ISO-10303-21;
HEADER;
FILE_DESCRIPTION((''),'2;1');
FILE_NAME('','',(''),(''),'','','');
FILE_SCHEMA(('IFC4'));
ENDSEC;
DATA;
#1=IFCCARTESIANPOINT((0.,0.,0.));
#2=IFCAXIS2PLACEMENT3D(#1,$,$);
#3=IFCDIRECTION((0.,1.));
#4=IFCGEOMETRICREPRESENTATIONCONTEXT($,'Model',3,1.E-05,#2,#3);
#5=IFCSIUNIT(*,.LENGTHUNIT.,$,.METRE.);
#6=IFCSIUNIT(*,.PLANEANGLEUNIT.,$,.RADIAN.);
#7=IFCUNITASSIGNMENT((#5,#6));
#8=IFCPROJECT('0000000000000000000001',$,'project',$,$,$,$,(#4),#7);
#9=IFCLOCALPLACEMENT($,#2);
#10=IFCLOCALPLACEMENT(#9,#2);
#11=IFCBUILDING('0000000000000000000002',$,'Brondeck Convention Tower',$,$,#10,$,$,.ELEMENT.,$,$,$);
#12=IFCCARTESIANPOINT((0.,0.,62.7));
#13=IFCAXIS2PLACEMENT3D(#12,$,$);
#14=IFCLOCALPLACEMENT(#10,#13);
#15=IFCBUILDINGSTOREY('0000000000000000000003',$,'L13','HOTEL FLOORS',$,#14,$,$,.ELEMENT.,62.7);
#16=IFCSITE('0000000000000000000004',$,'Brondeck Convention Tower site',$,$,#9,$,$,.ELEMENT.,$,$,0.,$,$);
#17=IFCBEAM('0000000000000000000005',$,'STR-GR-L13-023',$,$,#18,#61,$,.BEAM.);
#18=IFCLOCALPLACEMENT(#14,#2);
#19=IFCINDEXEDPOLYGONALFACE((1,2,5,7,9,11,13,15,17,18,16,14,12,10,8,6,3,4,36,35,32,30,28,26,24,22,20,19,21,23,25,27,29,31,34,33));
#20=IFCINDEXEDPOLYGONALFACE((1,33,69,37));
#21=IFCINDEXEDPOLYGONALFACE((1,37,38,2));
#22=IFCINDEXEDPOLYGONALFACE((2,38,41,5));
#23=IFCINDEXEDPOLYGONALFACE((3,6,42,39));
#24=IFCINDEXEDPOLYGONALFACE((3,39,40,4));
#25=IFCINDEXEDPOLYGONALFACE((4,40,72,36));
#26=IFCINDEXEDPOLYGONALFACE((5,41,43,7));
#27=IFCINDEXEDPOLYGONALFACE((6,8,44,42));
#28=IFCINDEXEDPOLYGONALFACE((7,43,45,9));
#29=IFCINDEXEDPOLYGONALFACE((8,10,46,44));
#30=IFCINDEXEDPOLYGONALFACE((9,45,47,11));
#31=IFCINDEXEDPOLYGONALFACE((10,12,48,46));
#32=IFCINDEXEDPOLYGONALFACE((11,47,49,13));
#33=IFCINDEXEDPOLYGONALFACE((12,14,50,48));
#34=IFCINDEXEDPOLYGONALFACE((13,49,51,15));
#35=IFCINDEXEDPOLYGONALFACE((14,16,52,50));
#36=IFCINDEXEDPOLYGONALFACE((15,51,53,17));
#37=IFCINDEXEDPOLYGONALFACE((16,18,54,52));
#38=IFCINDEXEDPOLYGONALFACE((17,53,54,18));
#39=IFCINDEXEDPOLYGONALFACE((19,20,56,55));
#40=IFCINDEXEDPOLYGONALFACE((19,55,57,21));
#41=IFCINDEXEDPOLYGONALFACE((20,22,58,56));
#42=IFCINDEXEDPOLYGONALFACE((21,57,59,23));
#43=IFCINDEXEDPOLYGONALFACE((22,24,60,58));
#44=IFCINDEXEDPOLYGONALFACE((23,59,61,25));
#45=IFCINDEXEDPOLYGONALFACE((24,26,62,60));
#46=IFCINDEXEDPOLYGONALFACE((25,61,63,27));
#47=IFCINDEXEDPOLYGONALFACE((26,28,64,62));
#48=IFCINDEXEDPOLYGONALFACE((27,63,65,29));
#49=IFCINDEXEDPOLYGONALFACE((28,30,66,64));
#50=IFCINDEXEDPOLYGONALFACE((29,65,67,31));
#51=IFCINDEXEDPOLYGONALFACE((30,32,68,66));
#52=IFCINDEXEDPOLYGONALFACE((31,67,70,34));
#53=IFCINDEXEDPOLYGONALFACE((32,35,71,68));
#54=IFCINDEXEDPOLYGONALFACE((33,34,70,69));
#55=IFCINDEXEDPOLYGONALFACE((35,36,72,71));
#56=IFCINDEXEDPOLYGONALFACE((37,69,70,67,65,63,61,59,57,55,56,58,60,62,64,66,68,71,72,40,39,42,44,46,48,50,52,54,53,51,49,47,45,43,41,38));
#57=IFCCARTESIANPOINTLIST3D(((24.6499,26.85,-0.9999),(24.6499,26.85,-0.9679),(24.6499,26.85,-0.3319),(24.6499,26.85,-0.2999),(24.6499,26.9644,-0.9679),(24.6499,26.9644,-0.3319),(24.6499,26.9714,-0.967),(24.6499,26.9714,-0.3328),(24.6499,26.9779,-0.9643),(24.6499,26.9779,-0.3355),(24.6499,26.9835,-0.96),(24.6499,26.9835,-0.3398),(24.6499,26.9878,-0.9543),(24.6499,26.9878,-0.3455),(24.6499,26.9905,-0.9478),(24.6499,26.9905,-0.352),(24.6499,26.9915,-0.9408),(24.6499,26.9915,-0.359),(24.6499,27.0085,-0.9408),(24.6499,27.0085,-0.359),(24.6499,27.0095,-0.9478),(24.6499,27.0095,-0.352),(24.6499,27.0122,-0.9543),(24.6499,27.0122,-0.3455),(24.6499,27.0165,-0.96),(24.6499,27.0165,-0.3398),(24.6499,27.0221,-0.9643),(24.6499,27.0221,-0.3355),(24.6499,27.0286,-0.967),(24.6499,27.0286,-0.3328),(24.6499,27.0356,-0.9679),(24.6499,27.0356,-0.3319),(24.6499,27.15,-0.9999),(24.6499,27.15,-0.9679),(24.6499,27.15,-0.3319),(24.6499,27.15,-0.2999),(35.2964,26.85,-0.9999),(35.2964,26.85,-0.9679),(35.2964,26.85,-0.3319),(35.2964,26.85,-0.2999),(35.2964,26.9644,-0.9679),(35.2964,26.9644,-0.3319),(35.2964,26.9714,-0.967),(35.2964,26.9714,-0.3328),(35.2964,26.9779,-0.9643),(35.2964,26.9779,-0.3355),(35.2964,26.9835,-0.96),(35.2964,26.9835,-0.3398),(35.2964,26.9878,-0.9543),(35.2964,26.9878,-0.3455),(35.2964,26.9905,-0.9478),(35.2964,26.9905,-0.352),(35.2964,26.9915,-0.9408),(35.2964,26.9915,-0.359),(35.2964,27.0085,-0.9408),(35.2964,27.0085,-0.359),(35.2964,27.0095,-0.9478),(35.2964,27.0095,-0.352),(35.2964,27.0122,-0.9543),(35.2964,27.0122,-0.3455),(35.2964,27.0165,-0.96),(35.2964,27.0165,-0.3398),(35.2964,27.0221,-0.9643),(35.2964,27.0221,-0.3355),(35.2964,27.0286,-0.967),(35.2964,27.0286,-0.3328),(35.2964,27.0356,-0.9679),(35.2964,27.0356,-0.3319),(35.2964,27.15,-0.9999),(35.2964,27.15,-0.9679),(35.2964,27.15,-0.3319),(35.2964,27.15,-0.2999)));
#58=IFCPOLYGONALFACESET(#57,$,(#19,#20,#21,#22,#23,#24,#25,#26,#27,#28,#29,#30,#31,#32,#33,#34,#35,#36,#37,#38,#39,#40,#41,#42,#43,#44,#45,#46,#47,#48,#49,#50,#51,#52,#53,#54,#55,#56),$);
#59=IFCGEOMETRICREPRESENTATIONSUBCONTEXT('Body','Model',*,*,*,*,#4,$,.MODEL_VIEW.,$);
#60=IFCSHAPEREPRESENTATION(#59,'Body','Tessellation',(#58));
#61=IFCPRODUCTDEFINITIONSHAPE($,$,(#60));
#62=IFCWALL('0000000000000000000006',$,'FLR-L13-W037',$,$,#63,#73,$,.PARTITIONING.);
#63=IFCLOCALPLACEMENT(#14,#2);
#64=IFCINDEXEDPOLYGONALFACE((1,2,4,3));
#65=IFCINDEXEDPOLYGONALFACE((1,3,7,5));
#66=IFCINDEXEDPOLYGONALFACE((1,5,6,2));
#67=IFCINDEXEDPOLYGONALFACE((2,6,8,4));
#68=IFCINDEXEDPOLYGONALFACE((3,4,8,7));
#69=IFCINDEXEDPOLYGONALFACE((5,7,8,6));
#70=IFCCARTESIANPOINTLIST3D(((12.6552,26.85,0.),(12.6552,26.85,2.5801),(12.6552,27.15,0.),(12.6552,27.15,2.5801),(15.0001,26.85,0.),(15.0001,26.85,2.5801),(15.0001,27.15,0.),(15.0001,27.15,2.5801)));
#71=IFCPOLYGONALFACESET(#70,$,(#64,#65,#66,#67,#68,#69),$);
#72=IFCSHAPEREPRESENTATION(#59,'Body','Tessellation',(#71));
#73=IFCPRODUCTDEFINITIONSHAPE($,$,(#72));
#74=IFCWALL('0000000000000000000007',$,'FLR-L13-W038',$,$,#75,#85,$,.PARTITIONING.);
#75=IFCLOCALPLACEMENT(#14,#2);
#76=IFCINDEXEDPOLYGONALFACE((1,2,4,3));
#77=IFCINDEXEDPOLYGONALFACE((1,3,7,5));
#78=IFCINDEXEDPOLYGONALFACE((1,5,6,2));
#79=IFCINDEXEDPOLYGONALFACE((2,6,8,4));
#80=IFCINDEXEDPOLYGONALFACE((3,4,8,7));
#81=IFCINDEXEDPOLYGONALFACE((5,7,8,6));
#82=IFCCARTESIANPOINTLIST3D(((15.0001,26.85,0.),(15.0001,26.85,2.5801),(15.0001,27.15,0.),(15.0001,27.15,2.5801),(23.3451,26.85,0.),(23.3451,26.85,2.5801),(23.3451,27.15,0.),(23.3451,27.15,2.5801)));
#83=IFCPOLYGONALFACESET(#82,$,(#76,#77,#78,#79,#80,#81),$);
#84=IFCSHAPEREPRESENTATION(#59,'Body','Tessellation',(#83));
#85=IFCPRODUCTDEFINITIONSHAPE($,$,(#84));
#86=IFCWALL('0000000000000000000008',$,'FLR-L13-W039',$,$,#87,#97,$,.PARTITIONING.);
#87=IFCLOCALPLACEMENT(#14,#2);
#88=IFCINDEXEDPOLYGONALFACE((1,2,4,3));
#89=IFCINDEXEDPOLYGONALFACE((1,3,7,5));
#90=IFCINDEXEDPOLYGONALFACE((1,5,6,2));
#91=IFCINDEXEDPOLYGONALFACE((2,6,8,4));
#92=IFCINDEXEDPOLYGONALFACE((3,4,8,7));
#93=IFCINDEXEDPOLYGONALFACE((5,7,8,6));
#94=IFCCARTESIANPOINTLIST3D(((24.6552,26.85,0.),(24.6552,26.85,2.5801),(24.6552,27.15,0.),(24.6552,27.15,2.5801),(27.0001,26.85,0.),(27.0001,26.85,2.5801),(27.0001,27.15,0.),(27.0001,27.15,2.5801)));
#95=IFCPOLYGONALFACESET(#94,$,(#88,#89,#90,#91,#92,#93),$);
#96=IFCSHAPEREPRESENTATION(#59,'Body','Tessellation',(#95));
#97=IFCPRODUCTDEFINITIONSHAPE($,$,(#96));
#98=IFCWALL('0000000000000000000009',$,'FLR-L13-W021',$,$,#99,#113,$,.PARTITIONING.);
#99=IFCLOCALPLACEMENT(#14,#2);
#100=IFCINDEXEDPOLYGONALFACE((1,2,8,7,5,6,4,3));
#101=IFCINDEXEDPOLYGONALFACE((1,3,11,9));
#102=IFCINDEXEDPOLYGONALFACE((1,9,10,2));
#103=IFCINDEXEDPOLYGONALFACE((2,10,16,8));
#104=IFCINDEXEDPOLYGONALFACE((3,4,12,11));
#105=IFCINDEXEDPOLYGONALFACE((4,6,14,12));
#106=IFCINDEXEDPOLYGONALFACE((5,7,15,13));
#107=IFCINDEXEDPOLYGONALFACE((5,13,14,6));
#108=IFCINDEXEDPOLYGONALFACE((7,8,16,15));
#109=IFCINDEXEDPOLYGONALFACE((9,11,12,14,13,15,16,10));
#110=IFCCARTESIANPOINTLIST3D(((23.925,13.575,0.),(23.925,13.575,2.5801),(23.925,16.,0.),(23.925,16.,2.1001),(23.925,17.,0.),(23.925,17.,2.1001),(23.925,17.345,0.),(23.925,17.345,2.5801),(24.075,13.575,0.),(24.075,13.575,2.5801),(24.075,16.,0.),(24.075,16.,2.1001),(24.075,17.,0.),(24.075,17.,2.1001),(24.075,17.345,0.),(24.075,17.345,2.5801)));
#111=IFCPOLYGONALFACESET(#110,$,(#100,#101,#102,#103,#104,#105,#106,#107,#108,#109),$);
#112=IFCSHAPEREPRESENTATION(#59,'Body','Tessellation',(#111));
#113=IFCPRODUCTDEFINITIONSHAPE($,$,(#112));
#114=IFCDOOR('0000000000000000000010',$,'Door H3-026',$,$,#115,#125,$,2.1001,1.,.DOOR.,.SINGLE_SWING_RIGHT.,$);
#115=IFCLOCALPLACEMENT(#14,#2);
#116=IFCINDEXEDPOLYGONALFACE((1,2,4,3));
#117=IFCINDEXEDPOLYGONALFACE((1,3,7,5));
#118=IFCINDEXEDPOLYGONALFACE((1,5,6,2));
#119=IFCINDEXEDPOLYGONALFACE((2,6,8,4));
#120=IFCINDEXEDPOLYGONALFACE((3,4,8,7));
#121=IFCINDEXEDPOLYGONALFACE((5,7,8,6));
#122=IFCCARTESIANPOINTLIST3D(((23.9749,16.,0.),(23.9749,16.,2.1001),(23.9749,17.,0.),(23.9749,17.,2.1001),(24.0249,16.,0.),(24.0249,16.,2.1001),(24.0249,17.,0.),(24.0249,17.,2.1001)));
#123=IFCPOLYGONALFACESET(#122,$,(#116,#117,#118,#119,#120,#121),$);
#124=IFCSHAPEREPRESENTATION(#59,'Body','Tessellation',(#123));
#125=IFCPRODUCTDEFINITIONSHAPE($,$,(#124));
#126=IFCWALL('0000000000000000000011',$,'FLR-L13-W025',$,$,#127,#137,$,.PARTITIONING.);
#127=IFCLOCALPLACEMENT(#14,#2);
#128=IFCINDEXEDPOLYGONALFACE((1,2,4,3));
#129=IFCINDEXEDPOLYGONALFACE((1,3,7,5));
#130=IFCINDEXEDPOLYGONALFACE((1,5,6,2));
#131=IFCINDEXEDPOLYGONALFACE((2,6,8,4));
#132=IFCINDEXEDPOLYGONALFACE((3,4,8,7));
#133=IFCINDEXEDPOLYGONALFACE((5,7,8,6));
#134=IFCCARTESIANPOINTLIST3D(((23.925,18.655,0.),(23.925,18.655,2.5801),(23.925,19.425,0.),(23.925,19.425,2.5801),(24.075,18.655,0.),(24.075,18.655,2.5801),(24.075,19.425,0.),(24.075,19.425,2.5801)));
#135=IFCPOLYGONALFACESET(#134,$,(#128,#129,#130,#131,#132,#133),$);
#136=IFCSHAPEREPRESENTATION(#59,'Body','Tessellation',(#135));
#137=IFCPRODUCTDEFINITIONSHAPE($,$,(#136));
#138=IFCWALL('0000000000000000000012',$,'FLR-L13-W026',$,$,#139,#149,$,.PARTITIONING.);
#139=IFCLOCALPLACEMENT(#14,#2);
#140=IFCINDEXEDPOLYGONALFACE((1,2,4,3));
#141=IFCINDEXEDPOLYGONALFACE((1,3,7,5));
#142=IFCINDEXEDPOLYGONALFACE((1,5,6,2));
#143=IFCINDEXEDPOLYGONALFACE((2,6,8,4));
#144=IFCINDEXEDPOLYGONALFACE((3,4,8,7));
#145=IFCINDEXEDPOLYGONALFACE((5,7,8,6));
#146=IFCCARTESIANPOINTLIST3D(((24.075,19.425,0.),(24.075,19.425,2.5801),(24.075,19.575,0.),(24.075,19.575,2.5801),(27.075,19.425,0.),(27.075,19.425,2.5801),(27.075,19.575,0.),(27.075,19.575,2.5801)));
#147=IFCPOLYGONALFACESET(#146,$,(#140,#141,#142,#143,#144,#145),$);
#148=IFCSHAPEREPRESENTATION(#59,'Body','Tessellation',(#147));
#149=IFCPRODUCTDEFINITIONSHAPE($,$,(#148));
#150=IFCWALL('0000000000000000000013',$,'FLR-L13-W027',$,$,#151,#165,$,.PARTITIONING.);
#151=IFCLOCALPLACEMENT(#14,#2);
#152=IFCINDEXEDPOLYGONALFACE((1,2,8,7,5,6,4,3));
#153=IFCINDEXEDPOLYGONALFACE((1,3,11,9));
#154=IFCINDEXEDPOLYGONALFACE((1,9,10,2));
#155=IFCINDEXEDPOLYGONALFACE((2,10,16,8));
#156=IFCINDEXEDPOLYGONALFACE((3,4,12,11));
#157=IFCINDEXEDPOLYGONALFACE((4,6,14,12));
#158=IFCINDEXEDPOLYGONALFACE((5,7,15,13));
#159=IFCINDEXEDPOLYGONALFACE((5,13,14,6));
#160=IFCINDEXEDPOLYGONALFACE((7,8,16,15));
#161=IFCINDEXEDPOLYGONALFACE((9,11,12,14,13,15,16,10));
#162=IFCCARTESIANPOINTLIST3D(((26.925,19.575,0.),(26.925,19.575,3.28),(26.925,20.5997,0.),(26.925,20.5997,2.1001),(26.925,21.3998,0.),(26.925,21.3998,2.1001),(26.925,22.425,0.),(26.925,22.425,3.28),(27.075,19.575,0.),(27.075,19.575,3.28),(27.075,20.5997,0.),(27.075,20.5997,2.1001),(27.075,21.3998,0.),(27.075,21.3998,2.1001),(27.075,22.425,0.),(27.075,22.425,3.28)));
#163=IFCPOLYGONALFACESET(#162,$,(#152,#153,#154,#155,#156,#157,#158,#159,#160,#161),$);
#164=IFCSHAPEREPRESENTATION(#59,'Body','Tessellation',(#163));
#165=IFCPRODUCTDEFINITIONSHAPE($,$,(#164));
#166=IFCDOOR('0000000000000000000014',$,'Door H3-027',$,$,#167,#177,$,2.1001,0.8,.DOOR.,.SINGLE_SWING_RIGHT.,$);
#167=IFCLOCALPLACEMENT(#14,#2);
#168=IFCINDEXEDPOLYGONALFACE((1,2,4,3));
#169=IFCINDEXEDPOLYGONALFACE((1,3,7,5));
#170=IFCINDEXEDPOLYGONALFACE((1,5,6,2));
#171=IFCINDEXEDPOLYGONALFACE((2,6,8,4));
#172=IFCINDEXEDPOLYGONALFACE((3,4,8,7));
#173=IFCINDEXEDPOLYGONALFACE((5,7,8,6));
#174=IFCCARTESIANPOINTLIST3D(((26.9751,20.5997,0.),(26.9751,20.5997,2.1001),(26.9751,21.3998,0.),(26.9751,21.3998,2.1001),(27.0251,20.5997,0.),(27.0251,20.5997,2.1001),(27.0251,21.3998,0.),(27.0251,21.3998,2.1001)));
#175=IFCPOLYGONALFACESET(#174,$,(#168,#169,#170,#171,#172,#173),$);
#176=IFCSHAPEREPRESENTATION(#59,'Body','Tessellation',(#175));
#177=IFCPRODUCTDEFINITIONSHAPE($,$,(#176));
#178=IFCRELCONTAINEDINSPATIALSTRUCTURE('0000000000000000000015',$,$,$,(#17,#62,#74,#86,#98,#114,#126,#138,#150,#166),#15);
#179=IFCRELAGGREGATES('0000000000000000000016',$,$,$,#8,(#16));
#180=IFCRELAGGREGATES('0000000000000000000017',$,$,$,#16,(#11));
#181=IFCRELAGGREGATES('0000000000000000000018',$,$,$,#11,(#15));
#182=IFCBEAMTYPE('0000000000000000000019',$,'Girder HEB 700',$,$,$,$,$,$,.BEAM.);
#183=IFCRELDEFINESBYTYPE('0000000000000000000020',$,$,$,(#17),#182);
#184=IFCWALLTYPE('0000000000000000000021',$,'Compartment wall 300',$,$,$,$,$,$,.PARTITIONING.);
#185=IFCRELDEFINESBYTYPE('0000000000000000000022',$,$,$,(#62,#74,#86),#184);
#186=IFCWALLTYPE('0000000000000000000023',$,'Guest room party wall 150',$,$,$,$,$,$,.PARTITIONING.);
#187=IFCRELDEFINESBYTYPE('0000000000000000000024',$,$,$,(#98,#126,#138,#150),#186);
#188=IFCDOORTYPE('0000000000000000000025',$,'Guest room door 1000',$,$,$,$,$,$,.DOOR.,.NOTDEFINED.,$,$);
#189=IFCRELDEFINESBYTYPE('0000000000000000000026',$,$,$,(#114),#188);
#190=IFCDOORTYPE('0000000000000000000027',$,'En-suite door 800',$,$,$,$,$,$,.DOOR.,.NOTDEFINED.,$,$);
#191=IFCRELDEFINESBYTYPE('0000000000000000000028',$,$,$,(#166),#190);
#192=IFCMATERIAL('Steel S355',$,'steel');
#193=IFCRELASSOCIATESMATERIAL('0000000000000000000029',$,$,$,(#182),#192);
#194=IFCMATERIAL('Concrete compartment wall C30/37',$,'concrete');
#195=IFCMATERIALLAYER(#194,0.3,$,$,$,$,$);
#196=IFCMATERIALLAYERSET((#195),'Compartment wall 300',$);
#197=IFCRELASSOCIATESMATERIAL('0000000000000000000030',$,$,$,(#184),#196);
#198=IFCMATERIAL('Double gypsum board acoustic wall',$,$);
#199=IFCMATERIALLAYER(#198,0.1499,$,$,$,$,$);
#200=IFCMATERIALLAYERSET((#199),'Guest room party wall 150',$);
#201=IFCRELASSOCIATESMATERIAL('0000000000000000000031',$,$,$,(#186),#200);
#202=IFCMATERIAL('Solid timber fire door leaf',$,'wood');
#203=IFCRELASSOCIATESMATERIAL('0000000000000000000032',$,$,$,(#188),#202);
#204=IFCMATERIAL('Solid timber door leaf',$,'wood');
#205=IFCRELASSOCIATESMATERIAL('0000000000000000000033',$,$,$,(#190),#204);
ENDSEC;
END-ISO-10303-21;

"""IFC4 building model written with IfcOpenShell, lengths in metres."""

from ifc_helpers import new_model, si_unit, direction, frame, frame_2d, origin, origin_2d, place, context, subcontext, project, spatial, rectangle, i_section, extrude, material, layer, layer_set, material_profile, profile_set, type_object, element, fill, save


model = new_model("IFC4")

# Units and contexts
model_context = context("Model", 3, precision=1e-05, world=origin(), true_north=direction((0.0, 1.0)))
body_context = subcontext(model_context, "Body", "Model", "MODEL_VIEW")
ifc_project = project(units=[si_unit("LENGTHUNIT", "METRE"), si_unit("PLANEANGLEUNIT", "RADIAN")], contexts=[model_context])

# Site, building, storey
site_placement = place(None, origin())
site = spatial("IfcSite", under=ifc_project, at=site_placement, Name="Brondeck Convention Tower site", CompositionType="ELEMENT", RefElevation=0.0)
building_placement = place(site_placement, origin())
building = spatial("IfcBuilding", under=site, at=building_placement, Name="Brondeck Convention Tower", CompositionType="ELEMENT")
storey_placement = place(building_placement, frame((0.0, 0.0, 62.7)))
storey = spatial("IfcBuildingStorey", under=building, at=storey_placement, Name="L13", Description="HOTEL FLOORS", CompositionType="ELEMENT", Elevation=62.7)

# Beam
ifc_material_1 = material(Name="Steel S355", Category="steel")
ifc_material_profile_1 = material_profile(ifc_material_1, i_section(OverallWidth=0.3, OverallDepth=0.7, WebThickness=0.0171, FlangeThickness=0.032, FilletRadius=0.0271, at=origin_2d()), Name="HEB 700")
ifc_profile_set_1 = profile_set([ifc_material_profile_1], Name="Steel S355")
beam_type_1 = type_object("IfcBeamType", Name="Girder HEB 700", PredefinedType="BEAM", material=ifc_profile_set_1)
beam_1_placement = place(storey_placement, frame((24.6499, 27.0, -0.6499), z_axis=(1.0, 0.0, 0.0), x_axis=(0.0, 1.0, 0.0)))
element("IfcBeam", 1, at=beam_1_placement, inside=storey, type_object=beam_type_1, Name="STR-GR-L13-023", PredefinedType="BEAM", context=body_context, shape_type="SweptSolid", body=[
    extrude(i_section(OverallWidth=0.3, OverallDepth=0.7, WebThickness=0.0171, FlangeThickness=0.032, FilletRadius=0.0271, at=origin_2d()), origin(), (0.0, 0.0, 1.0), 10.6465),
])

# Walls
ifc_material_2 = material(Name="Concrete compartment wall C30/37", Category="concrete")
ifc_layer_1 = layer(ifc_material_2, 0.3)
ifc_layer_set_1 = layer_set([ifc_layer_1], Name="Compartment wall 300")
wall_type_1 = type_object("IfcWallType", Name="Compartment wall 300", PredefinedType="PARTITIONING", material=ifc_layer_set_1)
wall_1_placement = place(storey_placement, frame((15.0, 27.0, 0.0), z_axis=(0.0, 0.0, 1.0), x_axis=(-1.0, 0.0, 0.0)))
element("IfcWall", 2, at=wall_1_placement, inside=storey, type_object=wall_type_1, Name="FLR-L13-W037", PredefinedType="PARTITIONING", context=body_context, shape_type="SweptSolid", body=[
    extrude(rectangle(XDim=2.345, YDim=0.3, at=frame_2d((1.1724, 0.0))), origin(), (0.0, 0.0, 1.0), 2.5801),
])
wall_2_placement = place(storey_placement, frame((23.345, 27.0, 0.0), z_axis=(0.0, 0.0, 1.0), x_axis=(-1.0, 0.0, 0.0)))
element("IfcWall", 3, at=wall_2_placement, inside=storey, type_object=wall_type_1, Name="FLR-L13-W038", PredefinedType="PARTITIONING", context=body_context, shape_type="SweptSolid", body=[
    extrude(rectangle(XDim=8.345, YDim=0.3, at=frame_2d((4.1724, 0.0))), origin(), (0.0, 0.0, 1.0), 2.5801),
])
wall_3_placement = place(storey_placement, frame((27.0, 27.0, 0.0), z_axis=(0.0, 0.0, 1.0), x_axis=(-1.0, 0.0, 0.0)))
element("IfcWall", 4, at=wall_3_placement, inside=storey, type_object=wall_type_1, Name="FLR-L13-W039", PredefinedType="PARTITIONING", context=body_context, shape_type="SweptSolid", body=[
    extrude(rectangle(XDim=2.345, YDim=0.3, at=frame_2d((1.1724, 0.0))), origin(), (0.0, 0.0, 1.0), 2.5801),
])

# Wall, opening, door
ifc_material_3 = material(Name="Double gypsum board acoustic wall")
ifc_layer_2 = layer(ifc_material_3, 0.1499)
ifc_layer_set_2 = layer_set([ifc_layer_2], Name="Guest room party wall 150")
wall_type_2 = type_object("IfcWallType", Name="Guest room party wall 150", PredefinedType="PARTITIONING", material=ifc_layer_set_2)
wall_4_placement = place(storey_placement, frame((24.0, 17.345, 0.0), z_axis=(0.0, 0.0, 1.0), x_axis=(0.0, -1.0, 0.0)))
wall_4 = element("IfcWall", 5, at=wall_4_placement, inside=storey, type_object=wall_type_2, Name="FLR-L13-W021", PredefinedType="PARTITIONING", context=body_context, shape_type="SweptSolid", body=[
    extrude(rectangle(XDim=3.77, YDim=0.1499, at=frame_2d((1.885, 0.0))), origin(), (0.0, 0.0, 1.0), 2.5801),
])
opening_1_placement = place(wall_4_placement, frame((0.345, 0.0, 0.0)))
opening_1 = element("IfcOpeningElement", 6, at=opening_1_placement, cuts=wall_4, PredefinedType="OPENING", context=body_context, shape_type="SweptSolid", body=[
    extrude(rectangle(XDim=1.0, YDim=2.1001, at=frame_2d((0.5, 1.05))), frame((0.0, 0.085, 0.0), z_axis=(0.0, -1.0, 0.0), x_axis=(1.0, 0.0, 0.0)), (0.0, 0.0, 1.0), 0.1699),
])
ifc_material_4 = material(Name="Solid timber fire door leaf", Category="wood")
door_type_1 = type_object("IfcDoorType", Name="Guest room door 1000", OperationType="NOTDEFINED", PredefinedType="DOOR", material=ifc_material_4)
door_1_placement = place(opening_1_placement, origin())
door_1 = element("IfcDoor", 7, at=door_1_placement, inside=storey, type_object=door_type_1, Name="Door H3-026", OperationType="SINGLE_SWING_RIGHT", OverallHeight=2.1001, OverallWidth=1.0, PredefinedType="DOOR", context=body_context, shape_type="SweptSolid", body=[
    extrude(rectangle(XDim=1.0, YDim=2.1001, at=frame_2d((0.5, 1.05))), frame((0.0, 0.0249, 0.0), z_axis=(0.0, -1.0, 0.0), x_axis=(1.0, 0.0, 0.0)), (0.0, 0.0, 1.0), 0.05),
])
fill(opening_1, door_1)

# Walls
wall_5_placement = place(storey_placement, frame((24.0, 19.425, 0.0), z_axis=(0.0, 0.0, 1.0), x_axis=(0.0, -1.0, 0.0)))
element("IfcWall", 8, at=wall_5_placement, inside=storey, type_object=wall_type_2, Name="FLR-L13-W025", PredefinedType="PARTITIONING", context=body_context, shape_type="SweptSolid", body=[
    extrude(rectangle(XDim=0.77, YDim=0.1499, at=frame_2d((0.385, 0.0))), origin(), (0.0, 0.0, 1.0), 2.5801),
])
wall_6_placement = place(storey_placement, frame((24.075, 19.5, 0.0), z_axis=(0.0, 0.0, 1.0), x_axis=(1.0, 0.0, 0.0)))
element("IfcWall", 9, at=wall_6_placement, inside=storey, type_object=wall_type_2, Name="FLR-L13-W026", PredefinedType="PARTITIONING", context=body_context, shape_type="SweptSolid", body=[
    extrude(rectangle(XDim=3.0, YDim=0.1499, at=frame_2d((1.5, 0.0))), origin(), (0.0, 0.0, 1.0), 2.5801),
])

# Wall, opening, door
wall_7_placement = place(storey_placement, frame((27.0, 19.575, 0.0), z_axis=(0.0, 0.0, 1.0), x_axis=(0.0, 1.0, 0.0)))
wall_7 = element("IfcWall", 10, at=wall_7_placement, inside=storey, type_object=wall_type_2, Name="FLR-L13-W027", PredefinedType="PARTITIONING", context=body_context, shape_type="SweptSolid", body=[
    extrude(rectangle(XDim=2.8501, YDim=0.1499, at=frame_2d((1.425, 0.0))), origin(), (0.0, 0.0, 1.0), 3.28),
])
opening_2_placement = place(wall_7_placement, frame((1.0249, 0.0, 0.0)))
opening_2 = element("IfcOpeningElement", 11, at=opening_2_placement, cuts=wall_7, PredefinedType="OPENING", context=body_context, shape_type="SweptSolid", body=[
    extrude(rectangle(XDim=0.8, YDim=2.1001, at=frame_2d((0.3999, 1.05))), frame((0.0, 0.085, 0.0), z_axis=(0.0, -1.0, 0.0), x_axis=(1.0, 0.0, 0.0)), (0.0, 0.0, 1.0), 0.1699),
])
ifc_material_5 = material(Name="Solid timber door leaf", Category="wood")
door_type_2 = type_object("IfcDoorType", Name="En-suite door 800", OperationType="NOTDEFINED", PredefinedType="DOOR", material=ifc_material_5)
door_2_placement = place(opening_2_placement, origin())
door_2 = element("IfcDoor", 12, at=door_2_placement, inside=storey, type_object=door_type_2, Name="Door H3-027", OperationType="SINGLE_SWING_RIGHT", OverallHeight=2.1001, OverallWidth=0.8, PredefinedType="DOOR", context=body_context, shape_type="SweptSolid", body=[
    extrude(rectangle(XDim=0.8, YDim=2.1001, at=frame_2d((0.3999, 1.05))), frame((0.0, 0.0249, 0.0), z_axis=(0.0, -1.0, 0.0), x_axis=(1.0, 0.0, 0.0)), (0.0, 0.0, 1.0), 0.05),
])
fill(opening_2, door_2)

save(model, "model.ifc")
